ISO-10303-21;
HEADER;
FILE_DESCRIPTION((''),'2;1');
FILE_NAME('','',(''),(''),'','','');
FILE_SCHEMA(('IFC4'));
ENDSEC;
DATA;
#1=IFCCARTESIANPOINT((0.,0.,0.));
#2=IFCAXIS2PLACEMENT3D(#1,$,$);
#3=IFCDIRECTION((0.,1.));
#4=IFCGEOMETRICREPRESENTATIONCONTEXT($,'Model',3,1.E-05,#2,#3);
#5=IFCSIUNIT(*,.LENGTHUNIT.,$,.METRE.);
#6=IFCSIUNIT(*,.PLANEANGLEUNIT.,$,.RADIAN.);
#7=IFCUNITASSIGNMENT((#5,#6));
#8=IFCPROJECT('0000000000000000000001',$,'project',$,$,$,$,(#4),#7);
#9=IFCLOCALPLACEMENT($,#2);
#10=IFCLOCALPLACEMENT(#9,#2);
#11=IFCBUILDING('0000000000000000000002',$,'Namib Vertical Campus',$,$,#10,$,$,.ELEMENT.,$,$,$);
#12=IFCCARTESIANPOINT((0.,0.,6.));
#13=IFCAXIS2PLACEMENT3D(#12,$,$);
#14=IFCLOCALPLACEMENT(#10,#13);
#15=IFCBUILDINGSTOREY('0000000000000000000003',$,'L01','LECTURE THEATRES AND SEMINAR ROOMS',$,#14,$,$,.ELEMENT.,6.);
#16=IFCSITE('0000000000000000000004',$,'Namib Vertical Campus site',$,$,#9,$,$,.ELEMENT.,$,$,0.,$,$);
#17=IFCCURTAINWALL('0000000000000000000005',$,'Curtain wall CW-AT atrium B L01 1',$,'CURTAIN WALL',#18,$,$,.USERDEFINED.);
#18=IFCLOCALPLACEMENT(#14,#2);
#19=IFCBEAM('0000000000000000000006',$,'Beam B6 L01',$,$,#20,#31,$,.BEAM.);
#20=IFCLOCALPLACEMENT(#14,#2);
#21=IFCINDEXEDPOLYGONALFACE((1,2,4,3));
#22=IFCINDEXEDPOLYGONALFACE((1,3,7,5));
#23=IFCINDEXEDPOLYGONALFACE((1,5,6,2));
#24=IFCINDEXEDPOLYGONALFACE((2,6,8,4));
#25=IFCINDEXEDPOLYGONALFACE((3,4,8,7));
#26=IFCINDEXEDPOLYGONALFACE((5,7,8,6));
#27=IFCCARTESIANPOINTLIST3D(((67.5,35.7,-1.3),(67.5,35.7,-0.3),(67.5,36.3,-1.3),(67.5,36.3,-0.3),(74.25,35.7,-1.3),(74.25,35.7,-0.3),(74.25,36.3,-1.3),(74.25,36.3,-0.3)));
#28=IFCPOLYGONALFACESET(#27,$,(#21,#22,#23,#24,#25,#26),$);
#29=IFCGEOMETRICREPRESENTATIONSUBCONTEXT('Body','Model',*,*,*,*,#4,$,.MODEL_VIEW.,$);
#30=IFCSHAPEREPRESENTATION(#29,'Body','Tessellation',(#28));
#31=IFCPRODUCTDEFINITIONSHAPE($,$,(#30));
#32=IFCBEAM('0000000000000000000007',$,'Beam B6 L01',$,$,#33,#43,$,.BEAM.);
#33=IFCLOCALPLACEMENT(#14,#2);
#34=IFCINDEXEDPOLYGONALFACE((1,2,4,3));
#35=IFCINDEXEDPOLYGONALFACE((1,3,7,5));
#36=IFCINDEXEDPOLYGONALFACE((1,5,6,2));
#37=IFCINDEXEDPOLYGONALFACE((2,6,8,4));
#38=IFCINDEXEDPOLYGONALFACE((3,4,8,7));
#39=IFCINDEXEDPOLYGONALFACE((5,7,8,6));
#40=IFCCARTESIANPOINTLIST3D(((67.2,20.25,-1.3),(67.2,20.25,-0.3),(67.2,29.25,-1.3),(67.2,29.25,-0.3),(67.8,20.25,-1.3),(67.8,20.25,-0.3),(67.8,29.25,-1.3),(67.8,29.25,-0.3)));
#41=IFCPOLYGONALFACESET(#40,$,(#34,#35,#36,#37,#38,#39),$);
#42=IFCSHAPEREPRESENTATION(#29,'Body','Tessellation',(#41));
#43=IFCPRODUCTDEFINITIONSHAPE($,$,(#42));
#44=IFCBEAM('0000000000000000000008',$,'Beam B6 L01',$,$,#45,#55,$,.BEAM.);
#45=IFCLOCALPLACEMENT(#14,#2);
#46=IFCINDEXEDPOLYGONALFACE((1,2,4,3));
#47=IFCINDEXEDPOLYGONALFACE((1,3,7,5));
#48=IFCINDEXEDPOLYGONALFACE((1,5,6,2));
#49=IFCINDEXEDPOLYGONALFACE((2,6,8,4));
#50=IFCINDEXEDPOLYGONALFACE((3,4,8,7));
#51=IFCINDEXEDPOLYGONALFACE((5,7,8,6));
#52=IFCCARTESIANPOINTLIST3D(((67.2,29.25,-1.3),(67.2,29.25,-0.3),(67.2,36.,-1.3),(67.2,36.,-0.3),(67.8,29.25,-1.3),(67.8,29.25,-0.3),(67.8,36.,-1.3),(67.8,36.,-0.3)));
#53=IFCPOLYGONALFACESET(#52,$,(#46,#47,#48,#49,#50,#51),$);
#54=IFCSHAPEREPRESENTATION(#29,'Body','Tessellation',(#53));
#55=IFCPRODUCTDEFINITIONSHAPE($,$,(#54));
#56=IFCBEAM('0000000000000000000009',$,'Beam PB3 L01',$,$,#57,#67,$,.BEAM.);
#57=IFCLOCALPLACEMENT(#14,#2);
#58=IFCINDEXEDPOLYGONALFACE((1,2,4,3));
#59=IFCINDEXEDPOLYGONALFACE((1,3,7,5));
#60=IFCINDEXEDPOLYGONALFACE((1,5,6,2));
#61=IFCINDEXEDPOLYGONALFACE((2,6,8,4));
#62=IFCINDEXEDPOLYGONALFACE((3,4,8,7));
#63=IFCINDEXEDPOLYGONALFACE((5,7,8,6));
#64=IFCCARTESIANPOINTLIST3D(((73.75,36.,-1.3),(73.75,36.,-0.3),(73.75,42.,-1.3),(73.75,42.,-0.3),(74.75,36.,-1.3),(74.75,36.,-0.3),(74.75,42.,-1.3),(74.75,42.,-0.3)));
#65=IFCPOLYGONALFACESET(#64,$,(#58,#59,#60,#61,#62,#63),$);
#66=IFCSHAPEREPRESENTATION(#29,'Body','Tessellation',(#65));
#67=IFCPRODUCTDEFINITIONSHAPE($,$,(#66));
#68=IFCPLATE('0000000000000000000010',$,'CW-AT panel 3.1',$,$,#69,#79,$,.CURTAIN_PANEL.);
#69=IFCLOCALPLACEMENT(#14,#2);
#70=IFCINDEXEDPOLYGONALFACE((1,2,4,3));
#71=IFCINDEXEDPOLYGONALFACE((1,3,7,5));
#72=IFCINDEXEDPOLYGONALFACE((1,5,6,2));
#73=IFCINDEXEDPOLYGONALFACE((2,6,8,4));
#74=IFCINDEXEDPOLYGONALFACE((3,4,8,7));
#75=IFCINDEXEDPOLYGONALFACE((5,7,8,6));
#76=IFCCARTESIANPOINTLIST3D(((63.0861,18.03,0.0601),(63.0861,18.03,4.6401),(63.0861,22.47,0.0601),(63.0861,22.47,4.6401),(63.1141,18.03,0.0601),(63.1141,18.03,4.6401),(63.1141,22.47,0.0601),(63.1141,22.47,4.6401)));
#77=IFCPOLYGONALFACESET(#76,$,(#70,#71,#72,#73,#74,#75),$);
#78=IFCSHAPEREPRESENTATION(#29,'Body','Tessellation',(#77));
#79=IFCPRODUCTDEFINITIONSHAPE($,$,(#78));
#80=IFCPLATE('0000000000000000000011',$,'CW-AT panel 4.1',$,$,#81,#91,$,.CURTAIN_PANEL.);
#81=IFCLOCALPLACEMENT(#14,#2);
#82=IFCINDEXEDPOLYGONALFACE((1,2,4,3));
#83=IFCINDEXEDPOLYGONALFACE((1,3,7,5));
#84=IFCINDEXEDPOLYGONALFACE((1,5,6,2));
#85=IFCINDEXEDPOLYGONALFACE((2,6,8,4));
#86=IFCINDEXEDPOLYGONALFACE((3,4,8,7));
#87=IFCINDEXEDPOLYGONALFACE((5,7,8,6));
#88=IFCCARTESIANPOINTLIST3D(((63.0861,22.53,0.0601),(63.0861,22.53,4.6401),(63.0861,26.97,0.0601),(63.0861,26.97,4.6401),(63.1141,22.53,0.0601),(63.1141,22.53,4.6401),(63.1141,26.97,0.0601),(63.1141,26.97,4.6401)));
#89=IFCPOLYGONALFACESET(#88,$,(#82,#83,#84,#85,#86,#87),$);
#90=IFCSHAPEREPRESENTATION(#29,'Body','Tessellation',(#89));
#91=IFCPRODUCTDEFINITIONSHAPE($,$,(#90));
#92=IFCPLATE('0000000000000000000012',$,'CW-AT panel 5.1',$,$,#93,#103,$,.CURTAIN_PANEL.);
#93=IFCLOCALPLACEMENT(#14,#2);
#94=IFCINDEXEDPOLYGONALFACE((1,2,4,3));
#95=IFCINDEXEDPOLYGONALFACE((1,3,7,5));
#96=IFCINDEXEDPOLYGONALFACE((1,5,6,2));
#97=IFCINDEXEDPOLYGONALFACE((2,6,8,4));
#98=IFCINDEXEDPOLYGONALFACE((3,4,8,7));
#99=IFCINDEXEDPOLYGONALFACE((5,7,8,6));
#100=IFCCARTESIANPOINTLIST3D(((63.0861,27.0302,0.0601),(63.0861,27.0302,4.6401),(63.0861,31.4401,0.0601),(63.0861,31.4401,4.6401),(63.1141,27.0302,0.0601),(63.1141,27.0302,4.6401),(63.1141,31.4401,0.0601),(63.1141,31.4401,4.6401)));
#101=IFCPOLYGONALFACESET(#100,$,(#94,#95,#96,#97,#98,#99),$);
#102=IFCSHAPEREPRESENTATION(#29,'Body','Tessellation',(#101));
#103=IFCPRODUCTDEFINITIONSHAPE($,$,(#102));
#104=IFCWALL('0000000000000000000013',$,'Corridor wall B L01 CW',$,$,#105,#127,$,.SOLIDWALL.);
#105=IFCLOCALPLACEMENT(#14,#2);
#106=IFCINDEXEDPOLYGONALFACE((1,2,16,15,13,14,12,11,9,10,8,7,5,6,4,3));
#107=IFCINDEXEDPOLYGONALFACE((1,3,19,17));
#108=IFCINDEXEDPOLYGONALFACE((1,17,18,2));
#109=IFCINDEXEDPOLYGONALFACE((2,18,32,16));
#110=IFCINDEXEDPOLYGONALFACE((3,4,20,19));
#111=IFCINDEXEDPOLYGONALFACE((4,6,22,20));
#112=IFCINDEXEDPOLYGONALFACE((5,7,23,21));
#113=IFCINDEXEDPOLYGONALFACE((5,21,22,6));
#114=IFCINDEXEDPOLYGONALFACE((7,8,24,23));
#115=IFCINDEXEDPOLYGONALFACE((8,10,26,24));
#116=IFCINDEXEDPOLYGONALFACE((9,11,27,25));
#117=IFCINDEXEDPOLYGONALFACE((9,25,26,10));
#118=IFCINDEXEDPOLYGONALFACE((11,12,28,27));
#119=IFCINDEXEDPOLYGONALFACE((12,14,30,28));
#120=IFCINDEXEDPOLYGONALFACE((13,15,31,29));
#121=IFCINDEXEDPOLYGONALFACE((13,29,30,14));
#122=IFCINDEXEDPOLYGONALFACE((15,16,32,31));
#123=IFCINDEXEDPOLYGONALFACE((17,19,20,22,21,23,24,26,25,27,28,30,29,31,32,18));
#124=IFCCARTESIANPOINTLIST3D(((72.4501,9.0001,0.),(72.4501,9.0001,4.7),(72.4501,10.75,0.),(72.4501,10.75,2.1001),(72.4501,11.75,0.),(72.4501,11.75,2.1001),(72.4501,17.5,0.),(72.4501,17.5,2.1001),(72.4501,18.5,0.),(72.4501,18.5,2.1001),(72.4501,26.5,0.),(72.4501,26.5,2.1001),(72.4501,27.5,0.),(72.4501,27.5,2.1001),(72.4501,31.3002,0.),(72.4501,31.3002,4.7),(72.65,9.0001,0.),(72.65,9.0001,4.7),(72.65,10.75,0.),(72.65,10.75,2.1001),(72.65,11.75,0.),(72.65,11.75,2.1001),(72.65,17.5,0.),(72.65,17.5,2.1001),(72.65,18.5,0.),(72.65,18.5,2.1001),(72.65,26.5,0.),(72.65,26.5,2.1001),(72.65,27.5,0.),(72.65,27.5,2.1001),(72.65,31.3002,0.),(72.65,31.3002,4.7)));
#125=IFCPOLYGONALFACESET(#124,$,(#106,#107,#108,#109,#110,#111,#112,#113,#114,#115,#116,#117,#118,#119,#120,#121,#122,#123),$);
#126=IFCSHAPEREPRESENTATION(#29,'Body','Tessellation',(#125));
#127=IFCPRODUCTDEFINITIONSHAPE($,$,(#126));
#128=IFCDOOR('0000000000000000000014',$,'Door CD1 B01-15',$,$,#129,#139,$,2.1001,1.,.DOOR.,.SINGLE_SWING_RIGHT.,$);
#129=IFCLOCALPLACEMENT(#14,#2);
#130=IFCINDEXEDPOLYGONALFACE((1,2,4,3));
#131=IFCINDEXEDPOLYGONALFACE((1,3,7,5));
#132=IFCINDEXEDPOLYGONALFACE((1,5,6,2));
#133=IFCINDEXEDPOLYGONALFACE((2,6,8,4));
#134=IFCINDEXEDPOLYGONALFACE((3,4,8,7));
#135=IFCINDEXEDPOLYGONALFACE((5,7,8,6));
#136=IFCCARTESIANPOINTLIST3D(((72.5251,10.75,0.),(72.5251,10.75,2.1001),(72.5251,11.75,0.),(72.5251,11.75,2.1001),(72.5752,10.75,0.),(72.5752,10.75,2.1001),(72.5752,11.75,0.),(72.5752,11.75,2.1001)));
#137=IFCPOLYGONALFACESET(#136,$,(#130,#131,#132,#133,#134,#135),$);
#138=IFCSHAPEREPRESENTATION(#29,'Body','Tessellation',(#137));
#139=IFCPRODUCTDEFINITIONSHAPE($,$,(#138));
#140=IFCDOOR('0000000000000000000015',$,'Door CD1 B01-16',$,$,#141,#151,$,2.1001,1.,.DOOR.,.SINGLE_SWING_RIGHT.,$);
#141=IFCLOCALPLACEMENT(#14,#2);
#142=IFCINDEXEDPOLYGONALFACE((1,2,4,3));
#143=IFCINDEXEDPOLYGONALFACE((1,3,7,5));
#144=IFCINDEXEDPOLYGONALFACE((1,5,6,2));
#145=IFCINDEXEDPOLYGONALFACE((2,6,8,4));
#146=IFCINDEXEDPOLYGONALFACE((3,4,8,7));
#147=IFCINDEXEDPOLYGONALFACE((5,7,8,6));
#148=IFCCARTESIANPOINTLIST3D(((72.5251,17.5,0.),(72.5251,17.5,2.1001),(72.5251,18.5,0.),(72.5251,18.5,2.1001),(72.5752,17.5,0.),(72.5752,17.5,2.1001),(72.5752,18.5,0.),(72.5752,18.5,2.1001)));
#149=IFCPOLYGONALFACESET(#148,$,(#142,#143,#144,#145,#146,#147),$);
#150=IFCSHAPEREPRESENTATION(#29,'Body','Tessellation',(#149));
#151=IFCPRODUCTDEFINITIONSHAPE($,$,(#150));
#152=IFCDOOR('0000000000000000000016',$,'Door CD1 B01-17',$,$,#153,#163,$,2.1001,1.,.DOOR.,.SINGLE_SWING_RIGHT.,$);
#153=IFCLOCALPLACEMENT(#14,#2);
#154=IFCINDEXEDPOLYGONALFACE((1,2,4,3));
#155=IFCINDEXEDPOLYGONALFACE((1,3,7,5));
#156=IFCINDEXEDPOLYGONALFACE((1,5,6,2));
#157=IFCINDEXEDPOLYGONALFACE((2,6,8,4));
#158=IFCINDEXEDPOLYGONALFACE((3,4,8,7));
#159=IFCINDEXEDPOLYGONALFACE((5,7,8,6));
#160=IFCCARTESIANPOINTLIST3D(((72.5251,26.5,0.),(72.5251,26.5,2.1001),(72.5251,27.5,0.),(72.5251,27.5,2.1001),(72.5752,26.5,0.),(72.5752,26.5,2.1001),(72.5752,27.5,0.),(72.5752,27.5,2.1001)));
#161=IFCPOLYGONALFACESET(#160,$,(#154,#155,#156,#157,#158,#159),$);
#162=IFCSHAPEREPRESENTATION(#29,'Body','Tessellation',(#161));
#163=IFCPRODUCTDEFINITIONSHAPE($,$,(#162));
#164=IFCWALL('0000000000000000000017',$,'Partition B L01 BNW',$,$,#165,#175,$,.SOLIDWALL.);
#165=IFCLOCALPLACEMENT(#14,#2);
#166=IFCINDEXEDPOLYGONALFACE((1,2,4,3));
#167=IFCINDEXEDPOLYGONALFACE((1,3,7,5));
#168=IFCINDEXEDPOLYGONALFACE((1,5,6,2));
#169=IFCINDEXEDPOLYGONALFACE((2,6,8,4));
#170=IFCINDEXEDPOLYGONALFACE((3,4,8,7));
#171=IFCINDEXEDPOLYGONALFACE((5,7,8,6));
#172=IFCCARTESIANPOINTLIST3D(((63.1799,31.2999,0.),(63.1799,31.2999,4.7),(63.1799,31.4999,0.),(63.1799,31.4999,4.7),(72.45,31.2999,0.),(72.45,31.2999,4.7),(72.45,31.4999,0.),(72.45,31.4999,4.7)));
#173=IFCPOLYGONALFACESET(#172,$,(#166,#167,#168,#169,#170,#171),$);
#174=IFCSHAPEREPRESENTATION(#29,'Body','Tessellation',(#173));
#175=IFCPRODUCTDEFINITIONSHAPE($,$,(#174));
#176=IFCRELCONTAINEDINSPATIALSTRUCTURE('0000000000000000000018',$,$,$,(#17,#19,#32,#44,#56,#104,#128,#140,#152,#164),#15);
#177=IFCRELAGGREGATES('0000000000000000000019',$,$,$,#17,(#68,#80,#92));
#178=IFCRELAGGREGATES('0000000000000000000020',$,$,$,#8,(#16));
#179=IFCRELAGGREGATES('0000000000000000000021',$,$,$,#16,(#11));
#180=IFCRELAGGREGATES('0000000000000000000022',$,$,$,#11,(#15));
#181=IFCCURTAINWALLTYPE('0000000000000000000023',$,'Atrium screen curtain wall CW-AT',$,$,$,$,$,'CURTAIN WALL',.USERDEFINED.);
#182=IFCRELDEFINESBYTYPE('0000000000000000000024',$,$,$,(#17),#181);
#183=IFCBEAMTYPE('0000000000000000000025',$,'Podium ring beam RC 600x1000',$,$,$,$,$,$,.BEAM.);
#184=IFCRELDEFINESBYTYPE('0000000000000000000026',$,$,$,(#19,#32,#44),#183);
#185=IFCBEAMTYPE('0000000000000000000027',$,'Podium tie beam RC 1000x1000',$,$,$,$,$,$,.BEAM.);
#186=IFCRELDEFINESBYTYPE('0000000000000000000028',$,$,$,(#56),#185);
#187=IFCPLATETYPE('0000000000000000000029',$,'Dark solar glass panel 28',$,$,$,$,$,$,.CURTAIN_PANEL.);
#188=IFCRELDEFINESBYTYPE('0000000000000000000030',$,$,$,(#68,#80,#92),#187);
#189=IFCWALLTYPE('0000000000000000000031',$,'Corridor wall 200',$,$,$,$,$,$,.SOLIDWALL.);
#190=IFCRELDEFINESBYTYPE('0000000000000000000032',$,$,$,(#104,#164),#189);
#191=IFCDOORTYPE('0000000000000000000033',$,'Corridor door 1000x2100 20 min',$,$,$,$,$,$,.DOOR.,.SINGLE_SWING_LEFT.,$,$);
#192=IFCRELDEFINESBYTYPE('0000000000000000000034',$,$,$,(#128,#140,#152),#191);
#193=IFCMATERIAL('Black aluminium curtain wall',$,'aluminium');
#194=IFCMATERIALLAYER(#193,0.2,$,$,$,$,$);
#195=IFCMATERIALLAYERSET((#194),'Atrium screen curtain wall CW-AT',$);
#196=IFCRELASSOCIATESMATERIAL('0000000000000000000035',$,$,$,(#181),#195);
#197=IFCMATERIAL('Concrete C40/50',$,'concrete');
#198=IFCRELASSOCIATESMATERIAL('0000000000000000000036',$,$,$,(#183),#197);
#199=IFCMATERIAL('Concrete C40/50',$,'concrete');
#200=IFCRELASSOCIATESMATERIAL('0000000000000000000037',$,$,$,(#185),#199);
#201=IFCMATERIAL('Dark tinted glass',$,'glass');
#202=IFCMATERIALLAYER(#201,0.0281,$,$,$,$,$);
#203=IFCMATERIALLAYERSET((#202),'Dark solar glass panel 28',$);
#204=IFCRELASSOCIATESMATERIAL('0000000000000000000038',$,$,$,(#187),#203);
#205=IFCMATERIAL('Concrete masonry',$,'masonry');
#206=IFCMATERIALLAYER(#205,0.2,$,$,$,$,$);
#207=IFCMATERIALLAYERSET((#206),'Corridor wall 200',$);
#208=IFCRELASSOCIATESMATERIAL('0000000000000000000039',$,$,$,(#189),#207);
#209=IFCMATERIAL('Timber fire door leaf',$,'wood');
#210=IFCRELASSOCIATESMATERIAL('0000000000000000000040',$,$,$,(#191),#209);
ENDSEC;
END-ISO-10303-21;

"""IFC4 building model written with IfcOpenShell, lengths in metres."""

from ifc_helpers import new_model, si_unit, direction, frame, frame_2d, origin, origin_2d, place, context, subcontext, project, spatial, rectangle, extrude, material, layer, layer_set, material_profile, profile_set, type_object, element, fill, aggregate, save


model = new_model("IFC4")

# Units and contexts
model_context = context("Model", 3, precision=1e-05, world=origin(), true_north=direction((0.0, 1.0)))
body_context = subcontext(model_context, "Body", "Model", "MODEL_VIEW")
ifc_project = project(units=[si_unit("LENGTHUNIT", "METRE"), si_unit("PLANEANGLEUNIT", "RADIAN")], contexts=[model_context])

# Site, building, storey
site_placement = place(None, origin())
site = spatial("IfcSite", under=ifc_project, at=site_placement, Name="Namib Vertical Campus site", CompositionType="ELEMENT", RefElevation=0.0)
building_placement = place(site_placement, origin())
building = spatial("IfcBuilding", under=site, at=building_placement, Name="Namib Vertical Campus", CompositionType="ELEMENT")
storey_placement = place(building_placement, frame((0.0, 0.0, 6.0)))
storey = spatial("IfcBuildingStorey", under=building, at=storey_placement, Name="L01", Description="LECTURE THEATRES AND SEMINAR ROOMS", CompositionType="ELEMENT", Elevation=6.0)

# Curtain wall
ifc_material_1 = material(Name="Black aluminium curtain wall", Category="aluminium")
ifc_layer_1 = layer(ifc_material_1, 0.2)
ifc_layer_set_1 = layer_set([ifc_layer_1], Name="Atrium screen curtain wall CW-AT")
curtain_wall_type = type_object("IfcCurtainWallType", Name="Atrium screen curtain wall CW-AT", ElementType="CURTAIN WALL", PredefinedType="USERDEFINED", material=ifc_layer_set_1)
curtain_wall_placement = place(storey_placement, origin())
curtain_wall = element("IfcCurtainWall", 1, at=curtain_wall_placement, inside=storey, type_object=curtain_wall_type, Name="Curtain wall CW-AT atrium B L01 1", ObjectType="CURTAIN WALL", PredefinedType="USERDEFINED")

# Beams
ifc_material_2 = material(Name="Concrete C40/50", Category="concrete")
ifc_material_profile_1 = material_profile(ifc_material_2, rectangle(XDim=0.6001, YDim=1.0, at=origin_2d()))
ifc_profile_set_1 = profile_set([ifc_material_profile_1], Name="Concrete C40/50")
beam_type_1 = type_object("IfcBeamType", Name="Podium ring beam RC 600x1000", PredefinedType="BEAM", material=ifc_profile_set_1)
beam_1_placement = place(storey_placement, frame((67.5, 36.0, -0.8), z_axis=(1.0, 0.0, 0.0), x_axis=(0.0, 1.0, 0.0)))
element("IfcBeam", 2, at=beam_1_placement, inside=storey, type_object=beam_type_1, Name="Beam B6 L01", PredefinedType="BEAM", context=body_context, shape_type="SweptSolid", body=[
    extrude(rectangle(XDim=0.6001, YDim=1.0, at=origin_2d()), origin(), (0.0, 0.0, 1.0), 6.75),
])
beam_2_placement = place(storey_placement, frame((67.5, 20.25, -0.8), z_axis=(0.0, 1.0, 0.0), x_axis=(-1.0, 0.0, 0.0)))
element("IfcBeam", 3, at=beam_2_placement, inside=storey, type_object=beam_type_1, Name="Beam B6 L01", PredefinedType="BEAM", context=body_context, shape_type="SweptSolid", body=[
    extrude(rectangle(XDim=0.6001, YDim=1.0, at=origin_2d()), origin(), (0.0, 0.0, 1.0), 9.0),
])
beam_3_placement = place(storey_placement, frame((67.5, 29.25, -0.8), z_axis=(0.0, 1.0, 0.0), x_axis=(-1.0, 0.0, 0.0)))
element("IfcBeam", 4, at=beam_3_placement, inside=storey, type_object=beam_type_1, Name="Beam B6 L01", PredefinedType="BEAM", context=body_context, shape_type="SweptSolid", body=[
    extrude(rectangle(XDim=0.6001, YDim=1.0, at=origin_2d()), origin(), (0.0, 0.0, 1.0), 6.75),
])
ifc_material_3 = material(Name="Concrete C40/50", Category="concrete")
ifc_material_profile_2 = material_profile(ifc_material_3, rectangle(XDim=1.0, YDim=1.0, at=origin_2d()))
ifc_profile_set_2 = profile_set([ifc_material_profile_2], Name="Concrete C40/50")
beam_type_2 = type_object("IfcBeamType", Name="Podium tie beam RC 1000x1000", PredefinedType="BEAM", material=ifc_profile_set_2)
beam_4_placement = place(storey_placement, frame((74.25, 36.0, -0.8), z_axis=(0.0, 1.0, 0.0), x_axis=(-1.0, 0.0, 0.0)))
element("IfcBeam", 5, at=beam_4_placement, inside=storey, type_object=beam_type_2, Name="Beam PB3 L01", PredefinedType="BEAM", context=body_context, shape_type="SweptSolid", body=[
    extrude(rectangle(XDim=1.0, YDim=1.0, at=origin_2d()), origin(), (0.0, 0.0, 1.0), 6.0),
])

# Plates
ifc_material_4 = material(Name="Dark tinted glass", Category="glass")
ifc_layer_2 = layer(ifc_material_4, 0.0281)
ifc_layer_set_2 = layer_set([ifc_layer_2], Name="Dark solar glass panel 28")
plate_type = type_object("IfcPlateType", Name="Dark solar glass panel 28", PredefinedType="CURTAIN_PANEL", material=ifc_layer_set_2)
plate_1_placement = place(storey_placement, frame((63.1001, 20.25, 0.0601), z_axis=(0.0, 0.0, 1.0), x_axis=(0.0, 1.0, 0.0)))
plate_1 = element("IfcPlate", 6, at=plate_1_placement, type_object=plate_type, Name="CW-AT panel 3.1", PredefinedType="CURTAIN_PANEL", context=body_context, shape_type="SweptSolid", body=[
    extrude(rectangle(XDim=4.4399, YDim=0.0281, at=origin_2d()), origin(), (0.0, 0.0, 1.0), 4.5801),
])
plate_2_placement = place(storey_placement, frame((63.1001, 24.75, 0.0601), z_axis=(0.0, 0.0, 1.0), x_axis=(0.0, 1.0, 0.0)))
plate_2 = element("IfcPlate", 7, at=plate_2_placement, type_object=plate_type, Name="CW-AT panel 4.1", PredefinedType="CURTAIN_PANEL", context=body_context, shape_type="SweptSolid", body=[
    extrude(rectangle(XDim=4.4399, YDim=0.0281, at=origin_2d()), origin(), (0.0, 0.0, 1.0), 4.5801),
])
plate_3_placement = place(storey_placement, frame((63.1001, 29.2351, 0.0601), z_axis=(0.0, 0.0, 1.0), x_axis=(0.0, 1.0, 0.0)))
plate_3 = element("IfcPlate", 8, at=plate_3_placement, type_object=plate_type, Name="CW-AT panel 5.1", PredefinedType="CURTAIN_PANEL", context=body_context, shape_type="SweptSolid", body=[
    extrude(rectangle(XDim=4.4099, YDim=0.0281, at=origin_2d()), origin(), (0.0, 0.0, 1.0), 4.5801),
])
aggregate(curtain_wall, [plate_1, plate_2, plate_3])

# Wall, openings, doors
ifc_material_5 = material(Name="Concrete masonry", Category="masonry")
ifc_layer_3 = layer(ifc_material_5, 0.2)
ifc_layer_set_3 = layer_set([ifc_layer_3], Name="Corridor wall 200")
wall_type_1 = type_object("IfcWallType", Name="Corridor wall 200", PredefinedType="SOLIDWALL", material=ifc_layer_set_3)
wall_1_placement = place(storey_placement, frame((72.55, 31.3, 0.0), z_axis=(0.0, 0.0, 1.0), x_axis=(0.0, -1.0, 0.0)))
wall_1 = element("IfcWall", 9, at=wall_1_placement, inside=storey, type_object=wall_type_1, Name="Corridor wall B L01 CW", PredefinedType="SOLIDWALL", context=body_context, shape_type="SweptSolid", body=[
    extrude(rectangle(XDim=22.3, YDim=0.2, at=frame_2d((11.1499, 0.0))), origin(), (0.0, 0.0, 1.0), 4.7),
])
opening_1_placement = place(wall_1_placement, frame((19.55, 0.0, 0.0)))
opening_1 = element("IfcOpeningElement", 10, at=opening_1_placement, cuts=wall_1, PredefinedType="OPENING", context=body_context, shape_type="SweptSolid", body=[
    extrude(rectangle(XDim=1.0, YDim=2.1001, at=frame_2d((0.5, 1.05))), frame((0.0, 0.1099, 0.0), z_axis=(0.0, -1.0, 0.0), x_axis=(1.0, 0.0, 0.0)), (0.0, 0.0, 1.0), 0.22),
])
opening_2_placement = place(wall_1_placement, frame((12.8, 0.0, 0.0)))
opening_2 = element("IfcOpeningElement", 11, at=opening_2_placement, cuts=wall_1, PredefinedType="OPENING", context=body_context, shape_type="SweptSolid", body=[
    extrude(rectangle(XDim=1.0, YDim=2.1001, at=frame_2d((0.5, 1.05))), frame((0.0, 0.1099, 0.0), z_axis=(0.0, -1.0, 0.0), x_axis=(1.0, 0.0, 0.0)), (0.0, 0.0, 1.0), 0.22),
])
opening_3_placement = place(wall_1_placement, frame((3.8, 0.0, 0.0)))
opening_3 = element("IfcOpeningElement", 12, at=opening_3_placement, cuts=wall_1, PredefinedType="OPENING", context=body_context, shape_type="SweptSolid", body=[
    extrude(rectangle(XDim=1.0, YDim=2.1001, at=frame_2d((0.5, 1.05))), frame((0.0, 0.1099, 0.0), z_axis=(0.0, -1.0, 0.0), x_axis=(1.0, 0.0, 0.0)), (0.0, 0.0, 1.0), 0.22),
])
ifc_material_6 = material(Name="Timber fire door leaf", Category="wood")
door_type_1 = type_object("IfcDoorType", Name="Corridor door 1000x2100 20 min", OperationType="SINGLE_SWING_LEFT", PredefinedType="DOOR", material=ifc_material_6)
door_1_placement = place(opening_1_placement, frame((1.0, 0.0, 0.0), z_axis=(0.0, 0.0, 1.0), x_axis=(-1.0, 0.0, 0.0)))
door_1 = element("IfcDoor", 13, at=door_1_placement, inside=storey, type_object=door_type_1, Name="Door CD1 B01-15", OperationType="SINGLE_SWING_RIGHT", OverallHeight=2.1001, OverallWidth=1.0, PredefinedType="DOOR", context=body_context, shape_type="SweptSolid", body=[
    extrude(rectangle(XDim=1.0, YDim=2.1001, at=frame_2d((0.5, 1.05))), frame((0.0, 0.0249, 0.0), z_axis=(0.0, -1.0, 0.0), x_axis=(1.0, 0.0, 0.0)), (0.0, 0.0, 1.0), 0.05),
])
fill(opening_1, door_1)
door_2_placement = place(opening_2_placement, frame((1.0, 0.0, 0.0), z_axis=(0.0, 0.0, 1.0), x_axis=(-1.0, 0.0, 0.0)))
door_2 = element("IfcDoor", 14, at=door_2_placement, inside=storey, type_object=door_type_1, Name="Door CD1 B01-16", OperationType="SINGLE_SWING_RIGHT", OverallHeight=2.1001, OverallWidth=1.0, PredefinedType="DOOR", context=body_context, shape_type="SweptSolid", body=[
    extrude(rectangle(XDim=1.0, YDim=2.1001, at=frame_2d((0.5, 1.05))), frame((0.0, 0.0249, 0.0), z_axis=(0.0, -1.0, 0.0), x_axis=(1.0, 0.0, 0.0)), (0.0, 0.0, 1.0), 0.05),
])
fill(opening_2, door_2)
door_3_placement = place(opening_3_placement, frame((1.0, 0.0, 0.0), z_axis=(0.0, 0.0, 1.0), x_axis=(-1.0, 0.0, 0.0)))
door_3 = element("IfcDoor", 15, at=door_3_placement, inside=storey, type_object=door_type_1, Name="Door CD1 B01-17", OperationType="SINGLE_SWING_RIGHT", OverallHeight=2.1001, OverallWidth=1.0, PredefinedType="DOOR", context=body_context, shape_type="SweptSolid", body=[
    extrude(rectangle(XDim=1.0, YDim=2.1001, at=frame_2d((0.5, 1.05))), frame((0.0, 0.0249, 0.0), z_axis=(0.0, -1.0, 0.0), x_axis=(1.0, 0.0, 0.0)), (0.0, 0.0, 1.0), 0.05),
])
fill(opening_3, door_3)

# Wall
wall_2_placement = place(storey_placement, frame((63.1799, 31.3999, 0.0), z_axis=(0.0, 0.0, 1.0), x_axis=(1.0, 0.0, 0.0)))
element("IfcWall", 16, at=wall_2_placement, inside=storey, type_object=wall_type_1, Name="Partition B L01 BNW", PredefinedType="SOLIDWALL", context=body_context, shape_type="SweptSolid", body=[
    extrude(rectangle(XDim=9.27, YDim=0.2, at=frame_2d((4.635, 0.0))), origin(), (0.0, 0.0, 1.0), 4.7),
])

save(model, "model.ifc")
